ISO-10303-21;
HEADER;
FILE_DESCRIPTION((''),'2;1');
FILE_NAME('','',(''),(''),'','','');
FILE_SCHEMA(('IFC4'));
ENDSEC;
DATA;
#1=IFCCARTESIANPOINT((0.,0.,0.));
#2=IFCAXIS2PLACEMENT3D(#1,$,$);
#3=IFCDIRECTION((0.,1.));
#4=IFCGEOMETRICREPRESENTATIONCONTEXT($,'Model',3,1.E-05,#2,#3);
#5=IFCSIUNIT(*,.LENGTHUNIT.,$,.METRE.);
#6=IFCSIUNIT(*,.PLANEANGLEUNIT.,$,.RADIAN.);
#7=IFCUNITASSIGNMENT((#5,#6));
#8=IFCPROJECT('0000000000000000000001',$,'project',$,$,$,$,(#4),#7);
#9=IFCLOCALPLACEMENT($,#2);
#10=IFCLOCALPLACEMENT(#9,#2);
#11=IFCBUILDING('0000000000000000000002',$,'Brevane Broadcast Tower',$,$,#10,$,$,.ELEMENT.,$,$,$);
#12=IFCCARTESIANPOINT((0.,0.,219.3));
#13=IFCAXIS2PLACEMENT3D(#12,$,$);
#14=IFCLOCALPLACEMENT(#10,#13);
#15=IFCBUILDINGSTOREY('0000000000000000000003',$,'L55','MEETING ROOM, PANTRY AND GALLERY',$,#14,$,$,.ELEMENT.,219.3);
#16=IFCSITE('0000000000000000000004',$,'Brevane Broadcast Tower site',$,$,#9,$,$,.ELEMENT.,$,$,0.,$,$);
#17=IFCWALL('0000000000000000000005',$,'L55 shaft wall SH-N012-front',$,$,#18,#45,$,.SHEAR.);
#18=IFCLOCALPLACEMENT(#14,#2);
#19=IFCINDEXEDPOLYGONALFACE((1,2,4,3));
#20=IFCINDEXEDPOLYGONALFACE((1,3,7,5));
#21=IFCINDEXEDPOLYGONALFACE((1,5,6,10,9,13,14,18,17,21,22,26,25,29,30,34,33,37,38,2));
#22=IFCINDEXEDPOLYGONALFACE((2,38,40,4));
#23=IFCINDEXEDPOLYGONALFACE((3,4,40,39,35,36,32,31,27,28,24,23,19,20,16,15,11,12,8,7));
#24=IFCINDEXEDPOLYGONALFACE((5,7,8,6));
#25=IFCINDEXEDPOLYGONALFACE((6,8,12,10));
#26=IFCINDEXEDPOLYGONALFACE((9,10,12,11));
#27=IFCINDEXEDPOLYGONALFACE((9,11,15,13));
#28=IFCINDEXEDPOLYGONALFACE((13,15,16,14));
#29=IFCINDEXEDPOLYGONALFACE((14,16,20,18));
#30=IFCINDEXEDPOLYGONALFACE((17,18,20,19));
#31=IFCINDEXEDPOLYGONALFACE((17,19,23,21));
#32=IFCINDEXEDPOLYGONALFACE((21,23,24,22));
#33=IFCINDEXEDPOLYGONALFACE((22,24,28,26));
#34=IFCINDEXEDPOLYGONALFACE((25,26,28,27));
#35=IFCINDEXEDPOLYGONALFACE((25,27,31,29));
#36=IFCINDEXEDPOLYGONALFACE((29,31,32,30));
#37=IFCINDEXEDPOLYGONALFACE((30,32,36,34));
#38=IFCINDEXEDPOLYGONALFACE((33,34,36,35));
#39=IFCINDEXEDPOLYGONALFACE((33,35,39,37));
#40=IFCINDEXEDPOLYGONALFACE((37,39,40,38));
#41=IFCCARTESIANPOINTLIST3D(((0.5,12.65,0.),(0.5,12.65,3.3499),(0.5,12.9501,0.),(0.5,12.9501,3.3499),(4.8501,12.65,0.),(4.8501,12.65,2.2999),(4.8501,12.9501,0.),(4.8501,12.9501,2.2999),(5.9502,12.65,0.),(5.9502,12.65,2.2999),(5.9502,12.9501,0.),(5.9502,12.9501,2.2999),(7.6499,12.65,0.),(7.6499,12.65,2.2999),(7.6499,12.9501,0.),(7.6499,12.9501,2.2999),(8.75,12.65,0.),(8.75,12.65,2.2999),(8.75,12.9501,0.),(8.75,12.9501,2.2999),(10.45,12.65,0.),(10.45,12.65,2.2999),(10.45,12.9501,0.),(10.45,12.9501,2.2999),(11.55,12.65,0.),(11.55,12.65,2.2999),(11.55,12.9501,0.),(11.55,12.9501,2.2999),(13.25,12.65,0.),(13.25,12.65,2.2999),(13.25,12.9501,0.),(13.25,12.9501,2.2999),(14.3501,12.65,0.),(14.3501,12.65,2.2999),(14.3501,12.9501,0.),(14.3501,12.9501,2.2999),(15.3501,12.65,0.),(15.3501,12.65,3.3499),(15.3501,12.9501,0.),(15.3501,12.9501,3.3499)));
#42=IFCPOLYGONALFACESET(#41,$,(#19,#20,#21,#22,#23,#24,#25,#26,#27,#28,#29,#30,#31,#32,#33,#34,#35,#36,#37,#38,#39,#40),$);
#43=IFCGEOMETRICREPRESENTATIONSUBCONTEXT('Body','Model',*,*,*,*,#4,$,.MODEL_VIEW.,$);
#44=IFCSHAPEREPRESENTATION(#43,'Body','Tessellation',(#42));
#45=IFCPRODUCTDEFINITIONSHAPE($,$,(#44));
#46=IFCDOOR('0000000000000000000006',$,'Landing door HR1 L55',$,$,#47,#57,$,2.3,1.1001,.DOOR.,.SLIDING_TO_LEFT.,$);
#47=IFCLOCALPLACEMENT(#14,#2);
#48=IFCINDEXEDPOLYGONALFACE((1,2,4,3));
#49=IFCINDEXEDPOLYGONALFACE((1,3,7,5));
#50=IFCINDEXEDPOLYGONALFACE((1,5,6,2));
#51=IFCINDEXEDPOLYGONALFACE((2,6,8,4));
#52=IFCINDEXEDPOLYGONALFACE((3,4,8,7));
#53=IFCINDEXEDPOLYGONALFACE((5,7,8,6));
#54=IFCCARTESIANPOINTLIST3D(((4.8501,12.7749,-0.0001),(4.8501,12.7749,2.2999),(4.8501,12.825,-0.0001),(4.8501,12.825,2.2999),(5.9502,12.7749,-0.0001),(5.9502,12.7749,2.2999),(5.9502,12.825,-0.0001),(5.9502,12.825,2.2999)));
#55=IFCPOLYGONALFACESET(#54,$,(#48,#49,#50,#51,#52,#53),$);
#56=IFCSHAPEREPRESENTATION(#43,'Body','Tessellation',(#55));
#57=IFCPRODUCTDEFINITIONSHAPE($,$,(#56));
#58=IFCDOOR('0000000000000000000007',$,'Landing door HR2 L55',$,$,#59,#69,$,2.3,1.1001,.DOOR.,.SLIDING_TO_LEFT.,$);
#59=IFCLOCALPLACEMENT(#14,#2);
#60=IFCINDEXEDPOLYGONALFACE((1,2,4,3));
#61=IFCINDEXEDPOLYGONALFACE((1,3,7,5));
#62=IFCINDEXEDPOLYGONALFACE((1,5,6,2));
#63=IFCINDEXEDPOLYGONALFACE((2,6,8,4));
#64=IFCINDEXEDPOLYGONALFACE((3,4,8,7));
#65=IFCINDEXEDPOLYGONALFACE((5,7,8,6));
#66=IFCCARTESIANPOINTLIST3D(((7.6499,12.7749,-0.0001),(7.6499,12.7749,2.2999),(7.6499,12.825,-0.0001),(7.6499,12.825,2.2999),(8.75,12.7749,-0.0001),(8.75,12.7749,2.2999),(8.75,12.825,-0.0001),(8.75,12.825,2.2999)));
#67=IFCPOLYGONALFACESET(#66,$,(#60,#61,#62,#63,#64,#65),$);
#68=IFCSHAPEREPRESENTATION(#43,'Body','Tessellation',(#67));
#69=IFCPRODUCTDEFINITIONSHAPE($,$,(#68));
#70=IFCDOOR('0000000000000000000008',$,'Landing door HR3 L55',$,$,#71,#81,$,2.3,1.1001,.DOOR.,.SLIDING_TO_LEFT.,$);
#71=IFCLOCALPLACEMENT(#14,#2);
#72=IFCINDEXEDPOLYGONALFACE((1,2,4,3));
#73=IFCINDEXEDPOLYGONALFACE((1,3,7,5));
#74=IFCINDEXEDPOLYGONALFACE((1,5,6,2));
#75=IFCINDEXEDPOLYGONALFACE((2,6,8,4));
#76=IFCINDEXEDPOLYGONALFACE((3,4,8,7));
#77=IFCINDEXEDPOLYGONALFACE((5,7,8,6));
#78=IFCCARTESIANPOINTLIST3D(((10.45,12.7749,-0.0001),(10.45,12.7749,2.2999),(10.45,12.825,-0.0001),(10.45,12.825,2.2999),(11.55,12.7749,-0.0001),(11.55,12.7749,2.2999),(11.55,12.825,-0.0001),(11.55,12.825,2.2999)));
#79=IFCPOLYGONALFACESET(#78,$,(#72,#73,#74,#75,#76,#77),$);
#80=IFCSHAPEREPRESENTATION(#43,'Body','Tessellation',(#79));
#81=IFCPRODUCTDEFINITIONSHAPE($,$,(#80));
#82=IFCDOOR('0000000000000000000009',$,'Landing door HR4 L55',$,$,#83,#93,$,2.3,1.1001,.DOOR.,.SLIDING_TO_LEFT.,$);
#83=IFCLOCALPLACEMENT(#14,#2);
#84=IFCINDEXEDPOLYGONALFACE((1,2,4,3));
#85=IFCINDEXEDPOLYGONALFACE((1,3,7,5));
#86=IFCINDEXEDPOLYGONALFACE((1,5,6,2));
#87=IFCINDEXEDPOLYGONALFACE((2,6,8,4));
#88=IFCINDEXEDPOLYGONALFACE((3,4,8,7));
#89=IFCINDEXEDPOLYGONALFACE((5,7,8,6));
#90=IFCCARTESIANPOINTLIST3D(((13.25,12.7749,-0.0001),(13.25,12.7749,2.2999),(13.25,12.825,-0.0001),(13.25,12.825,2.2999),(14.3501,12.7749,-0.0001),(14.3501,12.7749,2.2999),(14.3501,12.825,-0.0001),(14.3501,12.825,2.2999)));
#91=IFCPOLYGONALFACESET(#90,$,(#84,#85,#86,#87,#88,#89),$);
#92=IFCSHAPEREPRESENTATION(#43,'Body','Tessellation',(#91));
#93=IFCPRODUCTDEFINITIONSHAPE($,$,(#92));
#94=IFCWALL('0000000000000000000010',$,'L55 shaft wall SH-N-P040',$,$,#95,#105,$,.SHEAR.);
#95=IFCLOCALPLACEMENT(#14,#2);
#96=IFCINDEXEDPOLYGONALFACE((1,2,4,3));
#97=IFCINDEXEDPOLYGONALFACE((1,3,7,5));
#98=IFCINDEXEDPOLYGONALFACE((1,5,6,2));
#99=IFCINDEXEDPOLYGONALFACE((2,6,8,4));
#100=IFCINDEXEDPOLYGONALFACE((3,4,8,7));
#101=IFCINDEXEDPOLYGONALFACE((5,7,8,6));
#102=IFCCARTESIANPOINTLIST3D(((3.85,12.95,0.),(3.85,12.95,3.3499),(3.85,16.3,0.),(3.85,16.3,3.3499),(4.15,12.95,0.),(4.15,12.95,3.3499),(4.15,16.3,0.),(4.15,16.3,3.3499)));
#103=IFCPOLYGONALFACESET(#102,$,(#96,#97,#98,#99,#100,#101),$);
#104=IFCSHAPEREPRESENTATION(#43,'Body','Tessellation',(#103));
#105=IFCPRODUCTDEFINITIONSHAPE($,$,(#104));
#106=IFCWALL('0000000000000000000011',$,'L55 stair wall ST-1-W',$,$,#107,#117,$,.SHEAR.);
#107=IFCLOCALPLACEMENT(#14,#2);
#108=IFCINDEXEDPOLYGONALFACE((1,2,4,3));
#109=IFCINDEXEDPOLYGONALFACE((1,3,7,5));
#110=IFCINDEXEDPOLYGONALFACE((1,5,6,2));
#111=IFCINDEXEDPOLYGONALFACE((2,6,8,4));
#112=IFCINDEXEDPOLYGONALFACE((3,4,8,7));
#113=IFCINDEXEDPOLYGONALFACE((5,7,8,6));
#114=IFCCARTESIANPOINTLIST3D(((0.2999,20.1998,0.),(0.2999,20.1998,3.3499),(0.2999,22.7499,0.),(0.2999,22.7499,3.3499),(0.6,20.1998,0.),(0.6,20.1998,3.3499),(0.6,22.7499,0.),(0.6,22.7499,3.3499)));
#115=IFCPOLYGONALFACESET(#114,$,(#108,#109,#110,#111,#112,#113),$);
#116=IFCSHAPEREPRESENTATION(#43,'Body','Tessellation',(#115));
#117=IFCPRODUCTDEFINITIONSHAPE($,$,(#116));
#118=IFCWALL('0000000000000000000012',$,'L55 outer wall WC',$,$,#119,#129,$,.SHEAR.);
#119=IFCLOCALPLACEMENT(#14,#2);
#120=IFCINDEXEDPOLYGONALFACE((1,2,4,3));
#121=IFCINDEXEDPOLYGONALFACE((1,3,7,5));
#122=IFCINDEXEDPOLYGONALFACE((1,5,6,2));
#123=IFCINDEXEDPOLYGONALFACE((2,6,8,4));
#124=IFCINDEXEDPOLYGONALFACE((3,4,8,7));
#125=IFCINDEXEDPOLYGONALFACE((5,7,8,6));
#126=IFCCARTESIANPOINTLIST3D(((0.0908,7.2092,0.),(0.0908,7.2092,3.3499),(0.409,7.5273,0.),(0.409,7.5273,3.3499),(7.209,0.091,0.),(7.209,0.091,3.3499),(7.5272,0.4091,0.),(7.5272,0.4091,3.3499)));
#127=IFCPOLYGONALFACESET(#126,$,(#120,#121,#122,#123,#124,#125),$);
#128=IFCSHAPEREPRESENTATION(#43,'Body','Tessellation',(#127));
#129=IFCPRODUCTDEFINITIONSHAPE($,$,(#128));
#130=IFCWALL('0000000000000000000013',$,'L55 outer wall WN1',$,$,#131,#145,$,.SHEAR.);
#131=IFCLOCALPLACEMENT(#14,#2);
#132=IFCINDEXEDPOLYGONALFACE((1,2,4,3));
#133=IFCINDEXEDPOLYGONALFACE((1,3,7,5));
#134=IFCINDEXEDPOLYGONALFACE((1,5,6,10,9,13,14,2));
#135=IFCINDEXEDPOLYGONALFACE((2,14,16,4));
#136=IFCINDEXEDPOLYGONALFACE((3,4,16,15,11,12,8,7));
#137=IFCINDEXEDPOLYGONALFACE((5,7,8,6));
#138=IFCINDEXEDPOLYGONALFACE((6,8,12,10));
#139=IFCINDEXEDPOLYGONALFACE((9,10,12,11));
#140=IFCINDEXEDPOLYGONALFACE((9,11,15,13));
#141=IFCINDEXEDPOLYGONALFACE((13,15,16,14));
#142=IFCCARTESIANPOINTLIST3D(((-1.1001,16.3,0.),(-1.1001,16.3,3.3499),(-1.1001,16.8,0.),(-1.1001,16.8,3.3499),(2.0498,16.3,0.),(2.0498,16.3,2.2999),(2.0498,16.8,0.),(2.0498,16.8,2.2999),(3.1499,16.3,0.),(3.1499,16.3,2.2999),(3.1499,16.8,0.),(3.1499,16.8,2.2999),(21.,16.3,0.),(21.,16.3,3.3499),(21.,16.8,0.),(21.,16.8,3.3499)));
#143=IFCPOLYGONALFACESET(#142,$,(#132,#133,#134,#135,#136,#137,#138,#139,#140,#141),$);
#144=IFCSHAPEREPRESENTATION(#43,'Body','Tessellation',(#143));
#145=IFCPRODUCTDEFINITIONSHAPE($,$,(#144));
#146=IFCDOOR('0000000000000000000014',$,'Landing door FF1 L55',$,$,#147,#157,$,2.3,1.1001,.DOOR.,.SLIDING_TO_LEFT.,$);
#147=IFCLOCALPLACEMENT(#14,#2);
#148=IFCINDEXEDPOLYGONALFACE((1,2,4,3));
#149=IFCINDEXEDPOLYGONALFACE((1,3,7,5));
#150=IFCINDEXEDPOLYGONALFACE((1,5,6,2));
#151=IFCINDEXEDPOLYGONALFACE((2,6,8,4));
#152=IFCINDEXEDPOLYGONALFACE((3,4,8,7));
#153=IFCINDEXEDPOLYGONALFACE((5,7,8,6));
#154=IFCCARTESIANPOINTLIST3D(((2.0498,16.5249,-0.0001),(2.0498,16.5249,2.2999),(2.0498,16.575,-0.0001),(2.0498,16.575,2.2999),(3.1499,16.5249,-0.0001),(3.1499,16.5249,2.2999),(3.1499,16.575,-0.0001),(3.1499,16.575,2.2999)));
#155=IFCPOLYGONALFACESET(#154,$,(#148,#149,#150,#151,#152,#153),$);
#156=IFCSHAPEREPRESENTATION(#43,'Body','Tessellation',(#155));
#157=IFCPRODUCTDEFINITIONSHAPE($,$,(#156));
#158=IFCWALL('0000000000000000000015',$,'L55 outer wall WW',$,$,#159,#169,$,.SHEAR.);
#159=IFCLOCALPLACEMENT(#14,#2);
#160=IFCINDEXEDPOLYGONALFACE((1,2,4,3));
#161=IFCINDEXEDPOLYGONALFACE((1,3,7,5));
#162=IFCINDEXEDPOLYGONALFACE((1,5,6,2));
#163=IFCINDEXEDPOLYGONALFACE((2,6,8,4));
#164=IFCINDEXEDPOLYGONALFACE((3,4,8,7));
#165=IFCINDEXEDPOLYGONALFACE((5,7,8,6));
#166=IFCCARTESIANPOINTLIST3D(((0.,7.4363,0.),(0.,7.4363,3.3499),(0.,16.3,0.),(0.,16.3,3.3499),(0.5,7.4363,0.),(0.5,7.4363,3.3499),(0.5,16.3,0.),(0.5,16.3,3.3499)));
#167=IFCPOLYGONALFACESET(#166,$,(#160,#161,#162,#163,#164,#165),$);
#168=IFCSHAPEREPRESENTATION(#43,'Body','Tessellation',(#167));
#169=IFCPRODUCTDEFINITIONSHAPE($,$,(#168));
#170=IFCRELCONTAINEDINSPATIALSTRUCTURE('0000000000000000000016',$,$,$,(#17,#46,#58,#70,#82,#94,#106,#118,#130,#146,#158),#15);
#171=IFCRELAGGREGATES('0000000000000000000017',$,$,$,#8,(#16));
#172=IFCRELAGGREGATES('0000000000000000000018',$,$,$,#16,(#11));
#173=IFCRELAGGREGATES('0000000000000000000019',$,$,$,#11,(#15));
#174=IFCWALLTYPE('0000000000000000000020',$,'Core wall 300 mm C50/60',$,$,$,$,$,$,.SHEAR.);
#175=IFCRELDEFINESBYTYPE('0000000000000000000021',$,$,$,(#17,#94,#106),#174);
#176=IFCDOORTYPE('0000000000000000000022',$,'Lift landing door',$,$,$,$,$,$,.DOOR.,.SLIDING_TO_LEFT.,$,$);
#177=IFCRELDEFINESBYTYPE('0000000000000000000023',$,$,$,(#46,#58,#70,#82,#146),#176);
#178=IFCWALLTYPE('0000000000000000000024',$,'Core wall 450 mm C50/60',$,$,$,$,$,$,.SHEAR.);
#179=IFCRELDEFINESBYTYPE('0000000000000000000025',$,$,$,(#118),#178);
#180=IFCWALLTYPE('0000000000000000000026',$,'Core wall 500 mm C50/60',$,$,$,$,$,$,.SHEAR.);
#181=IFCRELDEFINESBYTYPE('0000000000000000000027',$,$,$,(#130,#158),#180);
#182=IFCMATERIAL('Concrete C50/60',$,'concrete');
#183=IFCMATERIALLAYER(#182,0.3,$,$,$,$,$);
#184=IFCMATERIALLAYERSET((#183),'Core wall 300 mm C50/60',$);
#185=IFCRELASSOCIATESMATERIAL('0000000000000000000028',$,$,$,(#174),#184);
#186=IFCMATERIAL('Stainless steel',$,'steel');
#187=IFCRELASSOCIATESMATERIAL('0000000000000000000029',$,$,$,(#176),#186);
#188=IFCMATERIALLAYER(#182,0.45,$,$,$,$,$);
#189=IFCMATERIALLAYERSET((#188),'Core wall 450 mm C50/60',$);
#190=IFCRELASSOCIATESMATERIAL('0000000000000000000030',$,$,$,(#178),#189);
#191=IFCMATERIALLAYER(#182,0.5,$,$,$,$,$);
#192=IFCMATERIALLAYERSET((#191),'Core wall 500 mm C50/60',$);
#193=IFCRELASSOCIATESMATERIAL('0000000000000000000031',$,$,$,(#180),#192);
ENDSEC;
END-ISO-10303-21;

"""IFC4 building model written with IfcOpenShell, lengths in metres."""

from ifc_helpers import new_model, si_unit, direction, frame, frame_2d, origin, place, context, subcontext, project, spatial, rectangle, extrude, material, layer, layer_set, type_object, element, fill, save


model = new_model("IFC4")

# Units and contexts
model_context = context("Model", 3, precision=1e-05, world=origin(), true_north=direction((0.0, 1.0)))
body_context = subcontext(model_context, "Body", "Model", "MODEL_VIEW")
ifc_project = project(units=[si_unit("LENGTHUNIT", "METRE"), si_unit("PLANEANGLEUNIT", "RADIAN")], contexts=[model_context])

# Site, building, storey
site_placement = place(None, origin())
site = spatial("IfcSite", under=ifc_project, at=site_placement, Name="Brevane Broadcast Tower site", CompositionType="ELEMENT", RefElevation=0.0)
building_placement = place(site_placement, origin())
building = spatial("IfcBuilding", under=site, at=building_placement, Name="Brevane Broadcast Tower", CompositionType="ELEMENT")
storey_placement = place(building_placement, frame((0.0, 0.0, 219.3)))
storey = spatial("IfcBuildingStorey", under=building, at=storey_placement, Name="L55", Description="MEETING ROOM, PANTRY AND GALLERY", CompositionType="ELEMENT", Elevation=219.3)

# Wall, openings, doors
ifc_material_1 = material(Name="Concrete C50/60", Category="concrete")
ifc_layer_1 = layer(ifc_material_1, 0.3)
ifc_layer_set_1 = layer_set([ifc_layer_1], Name="Core wall 300 mm C50/60")
wall_type_1 = type_object("IfcWallType", Name="Core wall 300 mm C50/60", PredefinedType="SHEAR", material=ifc_layer_set_1)
wall_1_placement = place(storey_placement, frame((0.5, 12.8, 0.0), z_axis=(0.0, 0.0, 1.0), x_axis=(1.0, 0.0, 0.0)))
wall_1 = element("IfcWall", 1, at=wall_1_placement, inside=storey, type_object=wall_type_1, Name="L55 shaft wall SH-N012-front", PredefinedType="SHEAR", context=body_context, shape_type="SweptSolid", body=[
    extrude(rectangle(XDim=14.8501, YDim=0.3, at=frame_2d((7.425, 0.0))), origin(), (0.0, 0.0, 1.0), 3.3499),
])
opening_1_placement = place(wall_1_placement, frame((4.3501, 0.0, 0.0)))
opening_1 = element("IfcOpeningElement", 2, at=opening_1_placement, cuts=wall_1, PredefinedType="OPENING", context=body_context, shape_type="SweptSolid", body=[
    extrude(rectangle(XDim=1.1001, YDim=2.3, at=frame_2d((0.55, 1.1499))), frame((0.0, 0.1599, 0.0), z_axis=(0.0, -1.0, 0.0), x_axis=(1.0, 0.0, 0.0)), (0.0, 0.0, 1.0), 0.3201),
])
opening_2_placement = place(wall_1_placement, frame((7.1499, 0.0, 0.0)))
opening_2 = element("IfcOpeningElement", 3, at=opening_2_placement, cuts=wall_1, PredefinedType="OPENING", context=body_context, shape_type="SweptSolid", body=[
    extrude(rectangle(XDim=1.1001, YDim=2.3, at=frame_2d((0.55, 1.1499))), frame((0.0, 0.1599, 0.0), z_axis=(0.0, -1.0, 0.0), x_axis=(1.0, 0.0, 0.0)), (0.0, 0.0, 1.0), 0.3201),
])
opening_3_placement = place(wall_1_placement, frame((9.95, 0.0, 0.0)))
opening_3 = element("IfcOpeningElement", 4, at=opening_3_placement, cuts=wall_1, PredefinedType="OPENING", context=body_context, shape_type="SweptSolid", body=[
    extrude(rectangle(XDim=1.1001, YDim=2.3, at=frame_2d((0.55, 1.1499))), frame((0.0, 0.1599, 0.0), z_axis=(0.0, -1.0, 0.0), x_axis=(1.0, 0.0, 0.0)), (0.0, 0.0, 1.0), 0.3201),
])
opening_4_placement = place(wall_1_placement, frame((12.75, 0.0, 0.0)))
opening_4 = element("IfcOpeningElement", 5, at=opening_4_placement, cuts=wall_1, PredefinedType="OPENING", context=body_context, shape_type="SweptSolid", body=[
    extrude(rectangle(XDim=1.1001, YDim=2.3, at=frame_2d((0.55, 1.1499))), frame((0.0, 0.1599, 0.0), z_axis=(0.0, -1.0, 0.0), x_axis=(1.0, 0.0, 0.0)), (0.0, 0.0, 1.0), 0.3201),
])
ifc_material_2 = material(Name="Stainless steel", Category="steel")
door_type = type_object("IfcDoorType", Name="Lift landing door", OperationType="SLIDING_TO_LEFT", PredefinedType="DOOR", material=ifc_material_2)
door_1_placement = place(opening_1_placement, origin())
door_1 = element("IfcDoor", 6, at=door_1_placement, inside=storey, type_object=door_type, Name="Landing door HR1 L55", OperationType="SLIDING_TO_LEFT", OverallHeight=2.3, OverallWidth=1.1001, PredefinedType="DOOR", context=body_context, shape_type="SweptSolid", body=[
    extrude(rectangle(XDim=1.1001, YDim=2.3, at=frame_2d((0.55, 1.1499))), frame((0.0, 0.0249, 0.0), z_axis=(0.0, -1.0, 0.0), x_axis=(1.0, 0.0, 0.0)), (0.0, 0.0, 1.0), 0.05),
])
fill(opening_1, door_1)
door_2_placement = place(opening_2_placement, origin())
door_2 = element("IfcDoor", 7, at=door_2_placement, inside=storey, type_object=door_type, Name="Landing door HR2 L55", OperationType="SLIDING_TO_LEFT", OverallHeight=2.3, OverallWidth=1.1001, PredefinedType="DOOR", context=body_context, shape_type="SweptSolid", body=[
    extrude(rectangle(XDim=1.1001, YDim=2.3, at=frame_2d((0.55, 1.1499))), frame((0.0, 0.0249, 0.0), z_axis=(0.0, -1.0, 0.0), x_axis=(1.0, 0.0, 0.0)), (0.0, 0.0, 1.0), 0.05),
])
fill(opening_2, door_2)
door_3_placement = place(opening_3_placement, origin())
door_3 = element("IfcDoor", 8, at=door_3_placement, inside=storey, type_object=door_type, Name="Landing door HR3 L55", OperationType="SLIDING_TO_LEFT", OverallHeight=2.3, OverallWidth=1.1001, PredefinedType="DOOR", context=body_context, shape_type="SweptSolid", body=[
    extrude(rectangle(XDim=1.1001, YDim=2.3, at=frame_2d((0.55, 1.1499))), frame((0.0, 0.0249, 0.0), z_axis=(0.0, -1.0, 0.0), x_axis=(1.0, 0.0, 0.0)), (0.0, 0.0, 1.0), 0.05),
])
fill(opening_3, door_3)
door_4_placement = place(opening_4_placement, origin())
door_4 = element("IfcDoor", 9, at=door_4_placement, inside=storey, type_object=door_type, Name="Landing door HR4 L55", OperationType="SLIDING_TO_LEFT", OverallHeight=2.3, OverallWidth=1.1001, PredefinedType="DOOR", context=body_context, shape_type="SweptSolid", body=[
    extrude(rectangle(XDim=1.1001, YDim=2.3, at=frame_2d((0.55, 1.1499))), frame((0.0, 0.0249, 0.0), z_axis=(0.0, -1.0, 0.0), x_axis=(1.0, 0.0, 0.0)), (0.0, 0.0, 1.0), 0.05),
])
fill(opening_4, door_4)

# Walls
wall_2_placement = place(storey_placement, frame((4.0, 12.95, 0.0), z_axis=(0.0, 0.0, 1.0), x_axis=(0.0, 1.0, 0.0)))
element("IfcWall", 10, at=wall_2_placement, inside=storey, type_object=wall_type_1, Name="L55 shaft wall SH-N-P040", PredefinedType="SHEAR", context=body_context, shape_type="SweptSolid", body=[
    extrude(rectangle(XDim=3.3501, YDim=0.3, at=frame_2d((1.675, 0.0))), origin(), (0.0, 0.0, 1.0), 3.3499),
])
wall_3_placement = place(storey_placement, frame((0.45, 20.2, 0.0), z_axis=(0.0, 0.0, 1.0), x_axis=(0.0, 1.0, 0.0)))
element("IfcWall", 11, at=wall_3_placement, inside=storey, type_object=wall_type_1, Name="L55 stair wall ST-1-W", PredefinedType="SHEAR", context=body_context, shape_type="SweptSolid", body=[
    extrude(rectangle(XDim=2.55, YDim=0.3, at=frame_2d((1.2749, 0.0))), origin(), (0.0, 0.0, 1.0), 3.3499),
])
ifc_layer_2 = layer(ifc_material_1, 0.45)
ifc_layer_set_2 = layer_set([ifc_layer_2], Name="Core wall 450 mm C50/60")
wall_type_2 = type_object("IfcWallType", Name="Core wall 450 mm C50/60", PredefinedType="SHEAR", material=ifc_layer_set_2)
wall_4_placement = place(storey_placement, frame((0.25, 7.3682, 0.0), z_axis=(0.0, 0.0, 1.0), x_axis=(0.707107, -0.707107, 0.0)))
element("IfcWall", 12, at=wall_4_placement, inside=storey, type_object=wall_type_2, Name="L55 outer wall WC", PredefinedType="SHEAR", context=body_context, shape_type="SweptSolid", body=[
    extrude(rectangle(XDim=10.0667, YDim=0.45, at=frame_2d((5.0332, 0.0))), origin(), (0.0, 0.0, 1.0), 3.3499),
])

# Wall, opening, door
ifc_layer_3 = layer(ifc_material_1, 0.5)
ifc_layer_set_3 = layer_set([ifc_layer_3], Name="Core wall 500 mm C50/60")
wall_type_3 = type_object("IfcWallType", Name="Core wall 500 mm C50/60", PredefinedType="SHEAR", material=ifc_layer_set_3)
wall_5_placement = place(storey_placement, frame((-1.1001, 16.55, 0.0), z_axis=(0.0, 0.0, 1.0), x_axis=(1.0, 0.0, 0.0)))
wall_5 = element("IfcWall", 13, at=wall_5_placement, inside=storey, type_object=wall_type_3, Name="L55 outer wall WN1", PredefinedType="SHEAR", context=body_context, shape_type="SweptSolid", body=[
    extrude(rectangle(XDim=22.1001, YDim=0.5, at=frame_2d((11.05, 0.0))), origin(), (0.0, 0.0, 1.0), 3.3499),
])
opening_5_placement = place(wall_5_placement, frame((3.1499, 0.0, 0.0)))
opening_5 = element("IfcOpeningElement", 14, at=opening_5_placement, cuts=wall_5, PredefinedType="OPENING", context=body_context, shape_type="SweptSolid", body=[
    extrude(rectangle(XDim=1.1001, YDim=2.3, at=frame_2d((0.55, 1.1499))), frame((0.0, 0.26, 0.0), z_axis=(0.0, -1.0, 0.0), x_axis=(1.0, 0.0, 0.0)), (0.0, 0.0, 1.0), 0.52),
])
door_5_placement = place(opening_5_placement, origin())
door_5 = element("IfcDoor", 15, at=door_5_placement, inside=storey, type_object=door_type, Name="Landing door FF1 L55", OperationType="SLIDING_TO_LEFT", OverallHeight=2.3, OverallWidth=1.1001, PredefinedType="DOOR", context=body_context, shape_type="SweptSolid", body=[
    extrude(rectangle(XDim=1.1001, YDim=2.3, at=frame_2d((0.55, 1.1499))), frame((0.0, 0.0249, 0.0), z_axis=(0.0, -1.0, 0.0), x_axis=(1.0, 0.0, 0.0)), (0.0, 0.0, 1.0), 0.05),
])
fill(opening_5, door_5)

# Wall
wall_6_placement = place(storey_placement, frame((0.25, 7.4363, 0.0), z_axis=(0.0, 0.0, 1.0), x_axis=(0.0, 1.0, 0.0)))
element("IfcWall", 16, at=wall_6_placement, inside=storey, type_object=wall_type_3, Name="L55 outer wall WW", PredefinedType="SHEAR", context=body_context, shape_type="SweptSolid", body=[
    extrude(rectangle(XDim=8.8638, YDim=0.5, at=frame_2d((4.4319, 0.0))), origin(), (0.0, 0.0, 1.0), 3.3499),
])

save(model, "model.ifc")
